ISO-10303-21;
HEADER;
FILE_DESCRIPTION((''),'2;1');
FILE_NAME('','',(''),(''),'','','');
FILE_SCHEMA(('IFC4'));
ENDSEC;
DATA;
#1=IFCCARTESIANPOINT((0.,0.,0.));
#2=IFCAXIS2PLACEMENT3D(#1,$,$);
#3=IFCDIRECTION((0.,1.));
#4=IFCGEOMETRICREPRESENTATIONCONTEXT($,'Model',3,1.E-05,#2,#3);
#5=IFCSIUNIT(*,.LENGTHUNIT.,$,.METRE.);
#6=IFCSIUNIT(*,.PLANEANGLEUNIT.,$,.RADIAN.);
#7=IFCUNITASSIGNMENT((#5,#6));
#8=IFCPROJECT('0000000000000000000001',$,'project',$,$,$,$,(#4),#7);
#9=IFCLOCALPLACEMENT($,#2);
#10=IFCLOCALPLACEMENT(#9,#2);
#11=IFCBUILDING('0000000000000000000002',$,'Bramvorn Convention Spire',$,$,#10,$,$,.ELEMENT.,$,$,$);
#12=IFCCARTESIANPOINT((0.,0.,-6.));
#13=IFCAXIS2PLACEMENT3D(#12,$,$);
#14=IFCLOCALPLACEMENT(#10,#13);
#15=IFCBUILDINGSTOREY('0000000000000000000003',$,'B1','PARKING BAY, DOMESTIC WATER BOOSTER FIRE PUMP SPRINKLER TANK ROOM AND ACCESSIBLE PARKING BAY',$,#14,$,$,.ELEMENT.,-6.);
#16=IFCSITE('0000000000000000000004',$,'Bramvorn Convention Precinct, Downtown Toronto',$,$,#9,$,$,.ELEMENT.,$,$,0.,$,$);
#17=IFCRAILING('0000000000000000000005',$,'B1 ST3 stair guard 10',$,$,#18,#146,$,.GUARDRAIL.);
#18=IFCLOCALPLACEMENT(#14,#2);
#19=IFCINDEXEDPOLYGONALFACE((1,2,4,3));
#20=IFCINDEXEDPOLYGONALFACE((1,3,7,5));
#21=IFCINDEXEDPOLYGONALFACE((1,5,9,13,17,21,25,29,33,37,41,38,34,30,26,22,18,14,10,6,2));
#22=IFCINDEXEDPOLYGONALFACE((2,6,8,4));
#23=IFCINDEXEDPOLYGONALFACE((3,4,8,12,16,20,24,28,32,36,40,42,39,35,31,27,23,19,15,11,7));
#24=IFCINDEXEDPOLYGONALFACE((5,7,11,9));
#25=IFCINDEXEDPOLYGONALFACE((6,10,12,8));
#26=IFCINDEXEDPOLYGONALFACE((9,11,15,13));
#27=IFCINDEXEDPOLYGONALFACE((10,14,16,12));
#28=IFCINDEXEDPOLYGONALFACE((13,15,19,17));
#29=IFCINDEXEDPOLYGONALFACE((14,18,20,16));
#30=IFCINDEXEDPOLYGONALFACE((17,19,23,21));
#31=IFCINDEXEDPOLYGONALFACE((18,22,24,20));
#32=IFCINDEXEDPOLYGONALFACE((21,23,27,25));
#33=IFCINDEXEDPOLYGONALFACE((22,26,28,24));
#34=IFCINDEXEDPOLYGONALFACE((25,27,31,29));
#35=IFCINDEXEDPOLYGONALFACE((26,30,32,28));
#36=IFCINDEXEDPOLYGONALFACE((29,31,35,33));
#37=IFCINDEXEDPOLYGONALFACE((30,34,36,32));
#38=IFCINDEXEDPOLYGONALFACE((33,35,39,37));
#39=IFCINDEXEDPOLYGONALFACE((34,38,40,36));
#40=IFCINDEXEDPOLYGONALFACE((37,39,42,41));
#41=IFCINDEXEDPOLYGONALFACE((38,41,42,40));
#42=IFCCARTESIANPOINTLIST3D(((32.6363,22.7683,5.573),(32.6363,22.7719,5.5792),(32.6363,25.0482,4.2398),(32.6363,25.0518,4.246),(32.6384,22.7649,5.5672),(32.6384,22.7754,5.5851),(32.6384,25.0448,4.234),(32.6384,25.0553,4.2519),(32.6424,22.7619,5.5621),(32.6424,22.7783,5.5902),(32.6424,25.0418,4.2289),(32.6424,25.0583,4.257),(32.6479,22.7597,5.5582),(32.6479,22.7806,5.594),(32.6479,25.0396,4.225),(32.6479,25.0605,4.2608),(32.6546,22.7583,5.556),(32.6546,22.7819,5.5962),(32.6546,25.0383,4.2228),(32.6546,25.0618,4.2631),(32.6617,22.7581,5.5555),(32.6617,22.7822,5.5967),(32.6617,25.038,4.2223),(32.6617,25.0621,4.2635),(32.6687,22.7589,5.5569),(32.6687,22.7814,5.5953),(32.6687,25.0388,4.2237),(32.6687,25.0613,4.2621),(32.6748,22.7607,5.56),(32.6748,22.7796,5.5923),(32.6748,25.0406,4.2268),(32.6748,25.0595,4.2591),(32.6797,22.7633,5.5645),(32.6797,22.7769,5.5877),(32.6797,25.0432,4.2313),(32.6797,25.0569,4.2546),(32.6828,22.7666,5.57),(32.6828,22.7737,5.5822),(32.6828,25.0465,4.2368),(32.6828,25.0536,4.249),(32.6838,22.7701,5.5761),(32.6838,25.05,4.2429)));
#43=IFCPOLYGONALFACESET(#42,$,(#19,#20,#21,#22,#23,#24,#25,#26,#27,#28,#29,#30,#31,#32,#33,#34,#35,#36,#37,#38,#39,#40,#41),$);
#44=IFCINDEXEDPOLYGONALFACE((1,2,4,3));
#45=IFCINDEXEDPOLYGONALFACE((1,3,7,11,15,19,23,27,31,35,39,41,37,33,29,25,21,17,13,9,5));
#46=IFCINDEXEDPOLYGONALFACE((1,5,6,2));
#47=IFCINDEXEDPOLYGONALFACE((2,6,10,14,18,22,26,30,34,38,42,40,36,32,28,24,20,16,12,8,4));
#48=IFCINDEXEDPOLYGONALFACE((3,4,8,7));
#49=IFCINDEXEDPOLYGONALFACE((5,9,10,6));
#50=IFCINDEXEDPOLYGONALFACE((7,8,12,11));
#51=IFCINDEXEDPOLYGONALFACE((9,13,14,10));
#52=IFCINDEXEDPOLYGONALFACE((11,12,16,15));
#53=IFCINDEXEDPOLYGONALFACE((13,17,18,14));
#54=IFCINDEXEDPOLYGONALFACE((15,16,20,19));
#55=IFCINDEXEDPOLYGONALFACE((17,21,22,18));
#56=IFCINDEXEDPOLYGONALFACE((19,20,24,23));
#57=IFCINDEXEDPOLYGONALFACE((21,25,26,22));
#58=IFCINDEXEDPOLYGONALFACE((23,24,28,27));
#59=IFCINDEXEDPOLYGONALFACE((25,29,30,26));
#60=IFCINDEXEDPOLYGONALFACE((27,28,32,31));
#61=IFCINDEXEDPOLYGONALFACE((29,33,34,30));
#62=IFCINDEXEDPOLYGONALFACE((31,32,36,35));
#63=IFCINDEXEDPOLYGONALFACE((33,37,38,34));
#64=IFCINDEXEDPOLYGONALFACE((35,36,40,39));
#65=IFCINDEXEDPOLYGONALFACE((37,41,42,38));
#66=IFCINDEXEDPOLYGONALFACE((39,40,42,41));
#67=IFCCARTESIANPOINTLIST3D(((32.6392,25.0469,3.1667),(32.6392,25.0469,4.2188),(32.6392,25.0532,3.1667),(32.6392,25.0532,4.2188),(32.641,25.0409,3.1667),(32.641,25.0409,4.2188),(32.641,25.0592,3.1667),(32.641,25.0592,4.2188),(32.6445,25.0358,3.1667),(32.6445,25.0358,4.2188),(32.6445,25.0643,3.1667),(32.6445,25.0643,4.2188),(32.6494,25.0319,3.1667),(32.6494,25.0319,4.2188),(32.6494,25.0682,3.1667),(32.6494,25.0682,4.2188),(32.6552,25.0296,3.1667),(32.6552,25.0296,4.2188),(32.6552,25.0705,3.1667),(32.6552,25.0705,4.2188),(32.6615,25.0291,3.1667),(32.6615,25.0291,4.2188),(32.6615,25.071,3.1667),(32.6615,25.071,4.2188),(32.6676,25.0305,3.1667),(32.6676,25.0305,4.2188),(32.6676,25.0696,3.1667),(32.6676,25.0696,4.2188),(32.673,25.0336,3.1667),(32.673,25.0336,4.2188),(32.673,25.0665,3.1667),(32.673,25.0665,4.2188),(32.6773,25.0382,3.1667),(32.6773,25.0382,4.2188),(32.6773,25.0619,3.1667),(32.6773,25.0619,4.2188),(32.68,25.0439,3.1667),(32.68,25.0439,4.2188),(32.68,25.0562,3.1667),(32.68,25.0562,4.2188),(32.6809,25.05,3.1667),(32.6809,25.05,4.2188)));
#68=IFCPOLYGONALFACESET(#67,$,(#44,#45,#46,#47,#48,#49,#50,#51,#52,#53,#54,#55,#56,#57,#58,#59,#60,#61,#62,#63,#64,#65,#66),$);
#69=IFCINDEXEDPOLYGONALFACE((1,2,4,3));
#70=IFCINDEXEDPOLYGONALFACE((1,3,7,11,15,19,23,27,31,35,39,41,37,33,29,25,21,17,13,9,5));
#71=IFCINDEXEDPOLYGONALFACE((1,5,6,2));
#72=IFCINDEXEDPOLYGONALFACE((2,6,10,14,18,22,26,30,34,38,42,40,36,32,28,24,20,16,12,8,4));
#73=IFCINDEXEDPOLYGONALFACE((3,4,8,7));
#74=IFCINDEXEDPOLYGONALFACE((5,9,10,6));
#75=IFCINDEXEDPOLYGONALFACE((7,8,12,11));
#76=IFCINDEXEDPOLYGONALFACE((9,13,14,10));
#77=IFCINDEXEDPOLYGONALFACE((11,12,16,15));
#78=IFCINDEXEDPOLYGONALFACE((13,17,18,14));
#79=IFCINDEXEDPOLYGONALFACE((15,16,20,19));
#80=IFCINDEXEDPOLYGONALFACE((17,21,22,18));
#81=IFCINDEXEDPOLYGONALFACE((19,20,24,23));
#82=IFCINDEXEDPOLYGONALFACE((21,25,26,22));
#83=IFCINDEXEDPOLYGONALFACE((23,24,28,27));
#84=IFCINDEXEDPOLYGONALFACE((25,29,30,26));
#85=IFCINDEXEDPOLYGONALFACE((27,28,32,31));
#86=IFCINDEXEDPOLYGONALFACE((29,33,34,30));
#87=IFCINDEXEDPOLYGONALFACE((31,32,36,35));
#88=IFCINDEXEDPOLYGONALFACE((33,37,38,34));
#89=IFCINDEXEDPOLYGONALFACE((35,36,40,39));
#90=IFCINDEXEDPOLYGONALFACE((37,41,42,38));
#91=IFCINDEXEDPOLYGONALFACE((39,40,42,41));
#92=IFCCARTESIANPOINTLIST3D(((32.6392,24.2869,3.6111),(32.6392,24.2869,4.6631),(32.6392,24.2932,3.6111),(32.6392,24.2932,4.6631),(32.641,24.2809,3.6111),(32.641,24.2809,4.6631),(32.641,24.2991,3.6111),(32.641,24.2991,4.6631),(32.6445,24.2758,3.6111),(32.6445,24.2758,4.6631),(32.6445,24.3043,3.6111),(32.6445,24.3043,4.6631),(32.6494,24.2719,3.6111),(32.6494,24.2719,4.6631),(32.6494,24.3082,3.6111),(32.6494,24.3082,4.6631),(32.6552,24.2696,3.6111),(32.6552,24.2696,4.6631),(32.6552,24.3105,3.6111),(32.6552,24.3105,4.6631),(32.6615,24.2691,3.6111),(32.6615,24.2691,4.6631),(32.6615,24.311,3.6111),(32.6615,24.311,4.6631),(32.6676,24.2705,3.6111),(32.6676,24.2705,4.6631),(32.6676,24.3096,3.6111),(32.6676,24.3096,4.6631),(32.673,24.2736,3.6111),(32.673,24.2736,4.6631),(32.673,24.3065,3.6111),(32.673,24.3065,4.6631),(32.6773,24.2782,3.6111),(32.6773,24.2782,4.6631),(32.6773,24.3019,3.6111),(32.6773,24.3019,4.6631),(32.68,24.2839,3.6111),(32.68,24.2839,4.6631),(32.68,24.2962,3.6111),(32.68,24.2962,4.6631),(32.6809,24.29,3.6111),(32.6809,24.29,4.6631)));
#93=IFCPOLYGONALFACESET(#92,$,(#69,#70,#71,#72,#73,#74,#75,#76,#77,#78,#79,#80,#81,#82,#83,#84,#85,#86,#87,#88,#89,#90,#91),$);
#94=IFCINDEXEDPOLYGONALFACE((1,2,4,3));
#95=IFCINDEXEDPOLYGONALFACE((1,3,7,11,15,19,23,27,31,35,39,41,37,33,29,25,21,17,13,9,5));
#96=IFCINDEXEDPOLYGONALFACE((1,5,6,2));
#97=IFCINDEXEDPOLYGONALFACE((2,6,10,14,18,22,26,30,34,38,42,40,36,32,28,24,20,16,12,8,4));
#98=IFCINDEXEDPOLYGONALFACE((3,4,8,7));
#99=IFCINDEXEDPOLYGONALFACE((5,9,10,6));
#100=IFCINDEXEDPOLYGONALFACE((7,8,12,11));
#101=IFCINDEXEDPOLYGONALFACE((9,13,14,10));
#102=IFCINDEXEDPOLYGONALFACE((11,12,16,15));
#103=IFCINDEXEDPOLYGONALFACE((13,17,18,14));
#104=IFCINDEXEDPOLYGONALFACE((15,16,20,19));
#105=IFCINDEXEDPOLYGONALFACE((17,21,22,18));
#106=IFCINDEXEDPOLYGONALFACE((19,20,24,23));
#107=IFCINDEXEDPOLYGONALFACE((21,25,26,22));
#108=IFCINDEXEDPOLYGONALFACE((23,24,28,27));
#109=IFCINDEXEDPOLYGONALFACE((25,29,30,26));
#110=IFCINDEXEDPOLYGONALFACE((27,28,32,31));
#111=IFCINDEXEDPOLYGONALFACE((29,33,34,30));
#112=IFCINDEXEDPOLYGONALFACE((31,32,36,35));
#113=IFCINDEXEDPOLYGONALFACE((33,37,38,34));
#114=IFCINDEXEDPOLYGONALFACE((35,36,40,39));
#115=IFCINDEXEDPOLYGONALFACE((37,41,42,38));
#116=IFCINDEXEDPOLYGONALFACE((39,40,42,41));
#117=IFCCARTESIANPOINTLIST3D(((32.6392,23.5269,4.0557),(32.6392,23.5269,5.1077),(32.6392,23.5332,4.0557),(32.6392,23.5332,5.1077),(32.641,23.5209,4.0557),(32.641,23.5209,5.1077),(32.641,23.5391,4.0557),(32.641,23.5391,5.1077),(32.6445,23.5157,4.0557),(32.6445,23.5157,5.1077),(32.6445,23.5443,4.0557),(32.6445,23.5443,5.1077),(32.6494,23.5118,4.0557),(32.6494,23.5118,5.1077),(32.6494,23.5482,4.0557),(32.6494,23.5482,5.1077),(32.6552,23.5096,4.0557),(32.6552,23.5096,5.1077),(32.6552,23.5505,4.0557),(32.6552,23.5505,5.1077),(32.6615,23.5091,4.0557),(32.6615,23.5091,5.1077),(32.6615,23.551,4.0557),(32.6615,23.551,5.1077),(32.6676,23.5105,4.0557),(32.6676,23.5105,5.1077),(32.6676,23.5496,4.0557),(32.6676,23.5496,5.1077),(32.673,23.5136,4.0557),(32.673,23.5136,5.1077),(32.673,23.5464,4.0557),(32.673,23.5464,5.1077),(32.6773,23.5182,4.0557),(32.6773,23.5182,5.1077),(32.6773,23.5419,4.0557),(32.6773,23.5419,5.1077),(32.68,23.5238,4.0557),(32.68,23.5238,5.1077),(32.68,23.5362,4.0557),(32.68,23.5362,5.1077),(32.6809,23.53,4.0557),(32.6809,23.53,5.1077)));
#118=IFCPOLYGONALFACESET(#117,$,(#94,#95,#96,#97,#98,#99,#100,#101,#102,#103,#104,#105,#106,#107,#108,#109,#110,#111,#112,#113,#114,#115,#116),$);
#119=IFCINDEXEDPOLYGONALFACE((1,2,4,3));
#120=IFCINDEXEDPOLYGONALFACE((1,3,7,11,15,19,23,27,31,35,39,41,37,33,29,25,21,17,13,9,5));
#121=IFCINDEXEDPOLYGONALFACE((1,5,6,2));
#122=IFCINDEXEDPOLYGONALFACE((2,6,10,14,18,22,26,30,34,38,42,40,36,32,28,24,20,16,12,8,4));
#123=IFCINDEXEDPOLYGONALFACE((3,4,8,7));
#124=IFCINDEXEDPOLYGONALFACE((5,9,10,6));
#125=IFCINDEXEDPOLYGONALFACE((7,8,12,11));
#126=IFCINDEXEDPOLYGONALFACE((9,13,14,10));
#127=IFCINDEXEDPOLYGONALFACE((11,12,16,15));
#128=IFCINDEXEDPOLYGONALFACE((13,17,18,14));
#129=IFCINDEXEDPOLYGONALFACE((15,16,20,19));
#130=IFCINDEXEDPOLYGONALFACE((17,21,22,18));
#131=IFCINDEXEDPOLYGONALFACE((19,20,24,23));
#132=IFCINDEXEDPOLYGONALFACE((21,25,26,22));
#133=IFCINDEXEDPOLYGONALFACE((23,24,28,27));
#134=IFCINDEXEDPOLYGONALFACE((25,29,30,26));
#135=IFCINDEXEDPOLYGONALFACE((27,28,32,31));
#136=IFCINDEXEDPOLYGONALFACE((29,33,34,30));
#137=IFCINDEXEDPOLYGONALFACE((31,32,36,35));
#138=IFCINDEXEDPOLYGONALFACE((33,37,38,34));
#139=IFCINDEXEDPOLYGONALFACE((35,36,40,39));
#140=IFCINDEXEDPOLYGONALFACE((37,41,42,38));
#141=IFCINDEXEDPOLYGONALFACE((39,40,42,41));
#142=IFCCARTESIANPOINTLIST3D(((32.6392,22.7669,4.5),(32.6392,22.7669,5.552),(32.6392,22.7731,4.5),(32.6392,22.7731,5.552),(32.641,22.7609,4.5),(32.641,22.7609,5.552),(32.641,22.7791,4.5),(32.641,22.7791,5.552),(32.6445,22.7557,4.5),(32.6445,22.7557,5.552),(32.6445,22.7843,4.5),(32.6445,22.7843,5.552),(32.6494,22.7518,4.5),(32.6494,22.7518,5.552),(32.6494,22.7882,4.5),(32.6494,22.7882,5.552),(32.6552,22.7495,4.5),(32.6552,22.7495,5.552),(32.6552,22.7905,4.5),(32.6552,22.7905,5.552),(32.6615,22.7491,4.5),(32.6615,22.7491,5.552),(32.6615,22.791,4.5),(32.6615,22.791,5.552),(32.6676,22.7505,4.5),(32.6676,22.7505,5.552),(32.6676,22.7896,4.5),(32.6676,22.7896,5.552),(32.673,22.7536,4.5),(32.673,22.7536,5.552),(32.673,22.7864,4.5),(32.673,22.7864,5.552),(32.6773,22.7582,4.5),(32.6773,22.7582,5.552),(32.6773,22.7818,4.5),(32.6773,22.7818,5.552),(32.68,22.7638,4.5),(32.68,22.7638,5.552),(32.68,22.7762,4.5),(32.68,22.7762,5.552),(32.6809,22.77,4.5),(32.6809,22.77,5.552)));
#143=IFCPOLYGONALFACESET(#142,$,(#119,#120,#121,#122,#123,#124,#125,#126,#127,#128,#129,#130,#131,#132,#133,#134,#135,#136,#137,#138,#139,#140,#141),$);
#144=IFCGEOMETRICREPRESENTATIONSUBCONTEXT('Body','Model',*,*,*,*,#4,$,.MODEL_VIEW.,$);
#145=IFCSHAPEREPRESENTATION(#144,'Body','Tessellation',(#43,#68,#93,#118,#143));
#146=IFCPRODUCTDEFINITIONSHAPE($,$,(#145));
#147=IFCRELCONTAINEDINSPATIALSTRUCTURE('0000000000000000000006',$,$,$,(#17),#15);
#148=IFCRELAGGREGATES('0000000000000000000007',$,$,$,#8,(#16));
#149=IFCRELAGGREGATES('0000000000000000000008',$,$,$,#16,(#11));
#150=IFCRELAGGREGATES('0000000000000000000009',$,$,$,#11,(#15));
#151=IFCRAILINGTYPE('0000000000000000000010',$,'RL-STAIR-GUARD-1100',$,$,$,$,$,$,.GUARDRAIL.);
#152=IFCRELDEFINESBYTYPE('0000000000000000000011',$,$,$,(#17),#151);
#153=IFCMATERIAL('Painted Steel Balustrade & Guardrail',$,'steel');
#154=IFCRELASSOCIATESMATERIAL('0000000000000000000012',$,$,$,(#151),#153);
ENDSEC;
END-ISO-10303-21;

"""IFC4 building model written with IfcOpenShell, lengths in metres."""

from ifc_helpers import new_model, si_unit, direction, frame, origin, origin_2d, place, context, subcontext, project, spatial, circle, extrude, material, type_object, element, save


model = new_model("IFC4")

# Units and contexts
model_context = context("Model", 3, precision=1e-05, world=origin(), true_north=direction((0.0, 1.0)))
body_context = subcontext(model_context, "Body", "Model", "MODEL_VIEW")
ifc_project = project(units=[si_unit("LENGTHUNIT", "METRE"), si_unit("PLANEANGLEUNIT", "RADIAN")], contexts=[model_context])

# Site, building, storey
site_placement = place(None, origin())
site = spatial("IfcSite", under=ifc_project, at=site_placement, Name="Bramvorn Convention Precinct, Downtown Toronto", CompositionType="ELEMENT", RefElevation=0.0)
building_placement = place(site_placement, origin())
building = spatial("IfcBuilding", under=site, at=building_placement, Name="Bramvorn Convention Spire", CompositionType="ELEMENT")
storey_placement = place(building_placement, frame((0.0, 0.0, -6.0)))
storey = spatial("IfcBuildingStorey", under=building, at=storey_placement, Name="B1", Description="PARKING BAY, DOMESTIC WATER BOOSTER FIRE PUMP SPRINKLER TANK ROOM AND ACCESSIBLE PARKING BAY", CompositionType="ELEMENT", Elevation=-6.0)

# Railing
ifc_material_1 = material(Name="Painted Steel Balustrade & Guardrail", Category="steel")
railing_type_1 = type_object("IfcRailingType", Name="RL-STAIR-GUARD-1100", PredefinedType="GUARDRAIL", material=ifc_material_1)
railing_1_placement = place(storey_placement, frame((32.6599, 25.05, 3.1667)))
element("IfcRailing", 1, at=railing_1_placement, inside=storey, type_object=railing_type_1, Name="B1 ST3 stair guard 10", PredefinedType="GUARDRAIL", context=body_context, shape_type="SweptSolid", body=[
    extrude(circle(Radius=0.0239, at=origin_2d()), frame((0.0, 0.0, 1.0762), z_axis=(0.0, -0.863245, 0.504785), x_axis=(1.0, 0.0, 0.0)), (0.0, 0.0, 1.0), 2.6411),
    extrude(circle(Radius=0.021, at=origin_2d()), origin(), (0.0, 0.0, 1.0), 1.052),
    extrude(circle(Radius=0.021, at=origin_2d()), frame((0.0, -0.76, 0.4443)), (0.0, 0.0, 1.0), 1.052),
    extrude(circle(Radius=0.021, at=origin_2d()), frame((0.0, -1.52, 0.8889)), (0.0, 0.0, 1.0), 1.052),
    extrude(circle(Radius=0.021, at=origin_2d()), frame((0.0, -2.28, 1.3333)), (0.0, 0.0, 1.0), 1.052),
])

save(model, "model.ifc")
